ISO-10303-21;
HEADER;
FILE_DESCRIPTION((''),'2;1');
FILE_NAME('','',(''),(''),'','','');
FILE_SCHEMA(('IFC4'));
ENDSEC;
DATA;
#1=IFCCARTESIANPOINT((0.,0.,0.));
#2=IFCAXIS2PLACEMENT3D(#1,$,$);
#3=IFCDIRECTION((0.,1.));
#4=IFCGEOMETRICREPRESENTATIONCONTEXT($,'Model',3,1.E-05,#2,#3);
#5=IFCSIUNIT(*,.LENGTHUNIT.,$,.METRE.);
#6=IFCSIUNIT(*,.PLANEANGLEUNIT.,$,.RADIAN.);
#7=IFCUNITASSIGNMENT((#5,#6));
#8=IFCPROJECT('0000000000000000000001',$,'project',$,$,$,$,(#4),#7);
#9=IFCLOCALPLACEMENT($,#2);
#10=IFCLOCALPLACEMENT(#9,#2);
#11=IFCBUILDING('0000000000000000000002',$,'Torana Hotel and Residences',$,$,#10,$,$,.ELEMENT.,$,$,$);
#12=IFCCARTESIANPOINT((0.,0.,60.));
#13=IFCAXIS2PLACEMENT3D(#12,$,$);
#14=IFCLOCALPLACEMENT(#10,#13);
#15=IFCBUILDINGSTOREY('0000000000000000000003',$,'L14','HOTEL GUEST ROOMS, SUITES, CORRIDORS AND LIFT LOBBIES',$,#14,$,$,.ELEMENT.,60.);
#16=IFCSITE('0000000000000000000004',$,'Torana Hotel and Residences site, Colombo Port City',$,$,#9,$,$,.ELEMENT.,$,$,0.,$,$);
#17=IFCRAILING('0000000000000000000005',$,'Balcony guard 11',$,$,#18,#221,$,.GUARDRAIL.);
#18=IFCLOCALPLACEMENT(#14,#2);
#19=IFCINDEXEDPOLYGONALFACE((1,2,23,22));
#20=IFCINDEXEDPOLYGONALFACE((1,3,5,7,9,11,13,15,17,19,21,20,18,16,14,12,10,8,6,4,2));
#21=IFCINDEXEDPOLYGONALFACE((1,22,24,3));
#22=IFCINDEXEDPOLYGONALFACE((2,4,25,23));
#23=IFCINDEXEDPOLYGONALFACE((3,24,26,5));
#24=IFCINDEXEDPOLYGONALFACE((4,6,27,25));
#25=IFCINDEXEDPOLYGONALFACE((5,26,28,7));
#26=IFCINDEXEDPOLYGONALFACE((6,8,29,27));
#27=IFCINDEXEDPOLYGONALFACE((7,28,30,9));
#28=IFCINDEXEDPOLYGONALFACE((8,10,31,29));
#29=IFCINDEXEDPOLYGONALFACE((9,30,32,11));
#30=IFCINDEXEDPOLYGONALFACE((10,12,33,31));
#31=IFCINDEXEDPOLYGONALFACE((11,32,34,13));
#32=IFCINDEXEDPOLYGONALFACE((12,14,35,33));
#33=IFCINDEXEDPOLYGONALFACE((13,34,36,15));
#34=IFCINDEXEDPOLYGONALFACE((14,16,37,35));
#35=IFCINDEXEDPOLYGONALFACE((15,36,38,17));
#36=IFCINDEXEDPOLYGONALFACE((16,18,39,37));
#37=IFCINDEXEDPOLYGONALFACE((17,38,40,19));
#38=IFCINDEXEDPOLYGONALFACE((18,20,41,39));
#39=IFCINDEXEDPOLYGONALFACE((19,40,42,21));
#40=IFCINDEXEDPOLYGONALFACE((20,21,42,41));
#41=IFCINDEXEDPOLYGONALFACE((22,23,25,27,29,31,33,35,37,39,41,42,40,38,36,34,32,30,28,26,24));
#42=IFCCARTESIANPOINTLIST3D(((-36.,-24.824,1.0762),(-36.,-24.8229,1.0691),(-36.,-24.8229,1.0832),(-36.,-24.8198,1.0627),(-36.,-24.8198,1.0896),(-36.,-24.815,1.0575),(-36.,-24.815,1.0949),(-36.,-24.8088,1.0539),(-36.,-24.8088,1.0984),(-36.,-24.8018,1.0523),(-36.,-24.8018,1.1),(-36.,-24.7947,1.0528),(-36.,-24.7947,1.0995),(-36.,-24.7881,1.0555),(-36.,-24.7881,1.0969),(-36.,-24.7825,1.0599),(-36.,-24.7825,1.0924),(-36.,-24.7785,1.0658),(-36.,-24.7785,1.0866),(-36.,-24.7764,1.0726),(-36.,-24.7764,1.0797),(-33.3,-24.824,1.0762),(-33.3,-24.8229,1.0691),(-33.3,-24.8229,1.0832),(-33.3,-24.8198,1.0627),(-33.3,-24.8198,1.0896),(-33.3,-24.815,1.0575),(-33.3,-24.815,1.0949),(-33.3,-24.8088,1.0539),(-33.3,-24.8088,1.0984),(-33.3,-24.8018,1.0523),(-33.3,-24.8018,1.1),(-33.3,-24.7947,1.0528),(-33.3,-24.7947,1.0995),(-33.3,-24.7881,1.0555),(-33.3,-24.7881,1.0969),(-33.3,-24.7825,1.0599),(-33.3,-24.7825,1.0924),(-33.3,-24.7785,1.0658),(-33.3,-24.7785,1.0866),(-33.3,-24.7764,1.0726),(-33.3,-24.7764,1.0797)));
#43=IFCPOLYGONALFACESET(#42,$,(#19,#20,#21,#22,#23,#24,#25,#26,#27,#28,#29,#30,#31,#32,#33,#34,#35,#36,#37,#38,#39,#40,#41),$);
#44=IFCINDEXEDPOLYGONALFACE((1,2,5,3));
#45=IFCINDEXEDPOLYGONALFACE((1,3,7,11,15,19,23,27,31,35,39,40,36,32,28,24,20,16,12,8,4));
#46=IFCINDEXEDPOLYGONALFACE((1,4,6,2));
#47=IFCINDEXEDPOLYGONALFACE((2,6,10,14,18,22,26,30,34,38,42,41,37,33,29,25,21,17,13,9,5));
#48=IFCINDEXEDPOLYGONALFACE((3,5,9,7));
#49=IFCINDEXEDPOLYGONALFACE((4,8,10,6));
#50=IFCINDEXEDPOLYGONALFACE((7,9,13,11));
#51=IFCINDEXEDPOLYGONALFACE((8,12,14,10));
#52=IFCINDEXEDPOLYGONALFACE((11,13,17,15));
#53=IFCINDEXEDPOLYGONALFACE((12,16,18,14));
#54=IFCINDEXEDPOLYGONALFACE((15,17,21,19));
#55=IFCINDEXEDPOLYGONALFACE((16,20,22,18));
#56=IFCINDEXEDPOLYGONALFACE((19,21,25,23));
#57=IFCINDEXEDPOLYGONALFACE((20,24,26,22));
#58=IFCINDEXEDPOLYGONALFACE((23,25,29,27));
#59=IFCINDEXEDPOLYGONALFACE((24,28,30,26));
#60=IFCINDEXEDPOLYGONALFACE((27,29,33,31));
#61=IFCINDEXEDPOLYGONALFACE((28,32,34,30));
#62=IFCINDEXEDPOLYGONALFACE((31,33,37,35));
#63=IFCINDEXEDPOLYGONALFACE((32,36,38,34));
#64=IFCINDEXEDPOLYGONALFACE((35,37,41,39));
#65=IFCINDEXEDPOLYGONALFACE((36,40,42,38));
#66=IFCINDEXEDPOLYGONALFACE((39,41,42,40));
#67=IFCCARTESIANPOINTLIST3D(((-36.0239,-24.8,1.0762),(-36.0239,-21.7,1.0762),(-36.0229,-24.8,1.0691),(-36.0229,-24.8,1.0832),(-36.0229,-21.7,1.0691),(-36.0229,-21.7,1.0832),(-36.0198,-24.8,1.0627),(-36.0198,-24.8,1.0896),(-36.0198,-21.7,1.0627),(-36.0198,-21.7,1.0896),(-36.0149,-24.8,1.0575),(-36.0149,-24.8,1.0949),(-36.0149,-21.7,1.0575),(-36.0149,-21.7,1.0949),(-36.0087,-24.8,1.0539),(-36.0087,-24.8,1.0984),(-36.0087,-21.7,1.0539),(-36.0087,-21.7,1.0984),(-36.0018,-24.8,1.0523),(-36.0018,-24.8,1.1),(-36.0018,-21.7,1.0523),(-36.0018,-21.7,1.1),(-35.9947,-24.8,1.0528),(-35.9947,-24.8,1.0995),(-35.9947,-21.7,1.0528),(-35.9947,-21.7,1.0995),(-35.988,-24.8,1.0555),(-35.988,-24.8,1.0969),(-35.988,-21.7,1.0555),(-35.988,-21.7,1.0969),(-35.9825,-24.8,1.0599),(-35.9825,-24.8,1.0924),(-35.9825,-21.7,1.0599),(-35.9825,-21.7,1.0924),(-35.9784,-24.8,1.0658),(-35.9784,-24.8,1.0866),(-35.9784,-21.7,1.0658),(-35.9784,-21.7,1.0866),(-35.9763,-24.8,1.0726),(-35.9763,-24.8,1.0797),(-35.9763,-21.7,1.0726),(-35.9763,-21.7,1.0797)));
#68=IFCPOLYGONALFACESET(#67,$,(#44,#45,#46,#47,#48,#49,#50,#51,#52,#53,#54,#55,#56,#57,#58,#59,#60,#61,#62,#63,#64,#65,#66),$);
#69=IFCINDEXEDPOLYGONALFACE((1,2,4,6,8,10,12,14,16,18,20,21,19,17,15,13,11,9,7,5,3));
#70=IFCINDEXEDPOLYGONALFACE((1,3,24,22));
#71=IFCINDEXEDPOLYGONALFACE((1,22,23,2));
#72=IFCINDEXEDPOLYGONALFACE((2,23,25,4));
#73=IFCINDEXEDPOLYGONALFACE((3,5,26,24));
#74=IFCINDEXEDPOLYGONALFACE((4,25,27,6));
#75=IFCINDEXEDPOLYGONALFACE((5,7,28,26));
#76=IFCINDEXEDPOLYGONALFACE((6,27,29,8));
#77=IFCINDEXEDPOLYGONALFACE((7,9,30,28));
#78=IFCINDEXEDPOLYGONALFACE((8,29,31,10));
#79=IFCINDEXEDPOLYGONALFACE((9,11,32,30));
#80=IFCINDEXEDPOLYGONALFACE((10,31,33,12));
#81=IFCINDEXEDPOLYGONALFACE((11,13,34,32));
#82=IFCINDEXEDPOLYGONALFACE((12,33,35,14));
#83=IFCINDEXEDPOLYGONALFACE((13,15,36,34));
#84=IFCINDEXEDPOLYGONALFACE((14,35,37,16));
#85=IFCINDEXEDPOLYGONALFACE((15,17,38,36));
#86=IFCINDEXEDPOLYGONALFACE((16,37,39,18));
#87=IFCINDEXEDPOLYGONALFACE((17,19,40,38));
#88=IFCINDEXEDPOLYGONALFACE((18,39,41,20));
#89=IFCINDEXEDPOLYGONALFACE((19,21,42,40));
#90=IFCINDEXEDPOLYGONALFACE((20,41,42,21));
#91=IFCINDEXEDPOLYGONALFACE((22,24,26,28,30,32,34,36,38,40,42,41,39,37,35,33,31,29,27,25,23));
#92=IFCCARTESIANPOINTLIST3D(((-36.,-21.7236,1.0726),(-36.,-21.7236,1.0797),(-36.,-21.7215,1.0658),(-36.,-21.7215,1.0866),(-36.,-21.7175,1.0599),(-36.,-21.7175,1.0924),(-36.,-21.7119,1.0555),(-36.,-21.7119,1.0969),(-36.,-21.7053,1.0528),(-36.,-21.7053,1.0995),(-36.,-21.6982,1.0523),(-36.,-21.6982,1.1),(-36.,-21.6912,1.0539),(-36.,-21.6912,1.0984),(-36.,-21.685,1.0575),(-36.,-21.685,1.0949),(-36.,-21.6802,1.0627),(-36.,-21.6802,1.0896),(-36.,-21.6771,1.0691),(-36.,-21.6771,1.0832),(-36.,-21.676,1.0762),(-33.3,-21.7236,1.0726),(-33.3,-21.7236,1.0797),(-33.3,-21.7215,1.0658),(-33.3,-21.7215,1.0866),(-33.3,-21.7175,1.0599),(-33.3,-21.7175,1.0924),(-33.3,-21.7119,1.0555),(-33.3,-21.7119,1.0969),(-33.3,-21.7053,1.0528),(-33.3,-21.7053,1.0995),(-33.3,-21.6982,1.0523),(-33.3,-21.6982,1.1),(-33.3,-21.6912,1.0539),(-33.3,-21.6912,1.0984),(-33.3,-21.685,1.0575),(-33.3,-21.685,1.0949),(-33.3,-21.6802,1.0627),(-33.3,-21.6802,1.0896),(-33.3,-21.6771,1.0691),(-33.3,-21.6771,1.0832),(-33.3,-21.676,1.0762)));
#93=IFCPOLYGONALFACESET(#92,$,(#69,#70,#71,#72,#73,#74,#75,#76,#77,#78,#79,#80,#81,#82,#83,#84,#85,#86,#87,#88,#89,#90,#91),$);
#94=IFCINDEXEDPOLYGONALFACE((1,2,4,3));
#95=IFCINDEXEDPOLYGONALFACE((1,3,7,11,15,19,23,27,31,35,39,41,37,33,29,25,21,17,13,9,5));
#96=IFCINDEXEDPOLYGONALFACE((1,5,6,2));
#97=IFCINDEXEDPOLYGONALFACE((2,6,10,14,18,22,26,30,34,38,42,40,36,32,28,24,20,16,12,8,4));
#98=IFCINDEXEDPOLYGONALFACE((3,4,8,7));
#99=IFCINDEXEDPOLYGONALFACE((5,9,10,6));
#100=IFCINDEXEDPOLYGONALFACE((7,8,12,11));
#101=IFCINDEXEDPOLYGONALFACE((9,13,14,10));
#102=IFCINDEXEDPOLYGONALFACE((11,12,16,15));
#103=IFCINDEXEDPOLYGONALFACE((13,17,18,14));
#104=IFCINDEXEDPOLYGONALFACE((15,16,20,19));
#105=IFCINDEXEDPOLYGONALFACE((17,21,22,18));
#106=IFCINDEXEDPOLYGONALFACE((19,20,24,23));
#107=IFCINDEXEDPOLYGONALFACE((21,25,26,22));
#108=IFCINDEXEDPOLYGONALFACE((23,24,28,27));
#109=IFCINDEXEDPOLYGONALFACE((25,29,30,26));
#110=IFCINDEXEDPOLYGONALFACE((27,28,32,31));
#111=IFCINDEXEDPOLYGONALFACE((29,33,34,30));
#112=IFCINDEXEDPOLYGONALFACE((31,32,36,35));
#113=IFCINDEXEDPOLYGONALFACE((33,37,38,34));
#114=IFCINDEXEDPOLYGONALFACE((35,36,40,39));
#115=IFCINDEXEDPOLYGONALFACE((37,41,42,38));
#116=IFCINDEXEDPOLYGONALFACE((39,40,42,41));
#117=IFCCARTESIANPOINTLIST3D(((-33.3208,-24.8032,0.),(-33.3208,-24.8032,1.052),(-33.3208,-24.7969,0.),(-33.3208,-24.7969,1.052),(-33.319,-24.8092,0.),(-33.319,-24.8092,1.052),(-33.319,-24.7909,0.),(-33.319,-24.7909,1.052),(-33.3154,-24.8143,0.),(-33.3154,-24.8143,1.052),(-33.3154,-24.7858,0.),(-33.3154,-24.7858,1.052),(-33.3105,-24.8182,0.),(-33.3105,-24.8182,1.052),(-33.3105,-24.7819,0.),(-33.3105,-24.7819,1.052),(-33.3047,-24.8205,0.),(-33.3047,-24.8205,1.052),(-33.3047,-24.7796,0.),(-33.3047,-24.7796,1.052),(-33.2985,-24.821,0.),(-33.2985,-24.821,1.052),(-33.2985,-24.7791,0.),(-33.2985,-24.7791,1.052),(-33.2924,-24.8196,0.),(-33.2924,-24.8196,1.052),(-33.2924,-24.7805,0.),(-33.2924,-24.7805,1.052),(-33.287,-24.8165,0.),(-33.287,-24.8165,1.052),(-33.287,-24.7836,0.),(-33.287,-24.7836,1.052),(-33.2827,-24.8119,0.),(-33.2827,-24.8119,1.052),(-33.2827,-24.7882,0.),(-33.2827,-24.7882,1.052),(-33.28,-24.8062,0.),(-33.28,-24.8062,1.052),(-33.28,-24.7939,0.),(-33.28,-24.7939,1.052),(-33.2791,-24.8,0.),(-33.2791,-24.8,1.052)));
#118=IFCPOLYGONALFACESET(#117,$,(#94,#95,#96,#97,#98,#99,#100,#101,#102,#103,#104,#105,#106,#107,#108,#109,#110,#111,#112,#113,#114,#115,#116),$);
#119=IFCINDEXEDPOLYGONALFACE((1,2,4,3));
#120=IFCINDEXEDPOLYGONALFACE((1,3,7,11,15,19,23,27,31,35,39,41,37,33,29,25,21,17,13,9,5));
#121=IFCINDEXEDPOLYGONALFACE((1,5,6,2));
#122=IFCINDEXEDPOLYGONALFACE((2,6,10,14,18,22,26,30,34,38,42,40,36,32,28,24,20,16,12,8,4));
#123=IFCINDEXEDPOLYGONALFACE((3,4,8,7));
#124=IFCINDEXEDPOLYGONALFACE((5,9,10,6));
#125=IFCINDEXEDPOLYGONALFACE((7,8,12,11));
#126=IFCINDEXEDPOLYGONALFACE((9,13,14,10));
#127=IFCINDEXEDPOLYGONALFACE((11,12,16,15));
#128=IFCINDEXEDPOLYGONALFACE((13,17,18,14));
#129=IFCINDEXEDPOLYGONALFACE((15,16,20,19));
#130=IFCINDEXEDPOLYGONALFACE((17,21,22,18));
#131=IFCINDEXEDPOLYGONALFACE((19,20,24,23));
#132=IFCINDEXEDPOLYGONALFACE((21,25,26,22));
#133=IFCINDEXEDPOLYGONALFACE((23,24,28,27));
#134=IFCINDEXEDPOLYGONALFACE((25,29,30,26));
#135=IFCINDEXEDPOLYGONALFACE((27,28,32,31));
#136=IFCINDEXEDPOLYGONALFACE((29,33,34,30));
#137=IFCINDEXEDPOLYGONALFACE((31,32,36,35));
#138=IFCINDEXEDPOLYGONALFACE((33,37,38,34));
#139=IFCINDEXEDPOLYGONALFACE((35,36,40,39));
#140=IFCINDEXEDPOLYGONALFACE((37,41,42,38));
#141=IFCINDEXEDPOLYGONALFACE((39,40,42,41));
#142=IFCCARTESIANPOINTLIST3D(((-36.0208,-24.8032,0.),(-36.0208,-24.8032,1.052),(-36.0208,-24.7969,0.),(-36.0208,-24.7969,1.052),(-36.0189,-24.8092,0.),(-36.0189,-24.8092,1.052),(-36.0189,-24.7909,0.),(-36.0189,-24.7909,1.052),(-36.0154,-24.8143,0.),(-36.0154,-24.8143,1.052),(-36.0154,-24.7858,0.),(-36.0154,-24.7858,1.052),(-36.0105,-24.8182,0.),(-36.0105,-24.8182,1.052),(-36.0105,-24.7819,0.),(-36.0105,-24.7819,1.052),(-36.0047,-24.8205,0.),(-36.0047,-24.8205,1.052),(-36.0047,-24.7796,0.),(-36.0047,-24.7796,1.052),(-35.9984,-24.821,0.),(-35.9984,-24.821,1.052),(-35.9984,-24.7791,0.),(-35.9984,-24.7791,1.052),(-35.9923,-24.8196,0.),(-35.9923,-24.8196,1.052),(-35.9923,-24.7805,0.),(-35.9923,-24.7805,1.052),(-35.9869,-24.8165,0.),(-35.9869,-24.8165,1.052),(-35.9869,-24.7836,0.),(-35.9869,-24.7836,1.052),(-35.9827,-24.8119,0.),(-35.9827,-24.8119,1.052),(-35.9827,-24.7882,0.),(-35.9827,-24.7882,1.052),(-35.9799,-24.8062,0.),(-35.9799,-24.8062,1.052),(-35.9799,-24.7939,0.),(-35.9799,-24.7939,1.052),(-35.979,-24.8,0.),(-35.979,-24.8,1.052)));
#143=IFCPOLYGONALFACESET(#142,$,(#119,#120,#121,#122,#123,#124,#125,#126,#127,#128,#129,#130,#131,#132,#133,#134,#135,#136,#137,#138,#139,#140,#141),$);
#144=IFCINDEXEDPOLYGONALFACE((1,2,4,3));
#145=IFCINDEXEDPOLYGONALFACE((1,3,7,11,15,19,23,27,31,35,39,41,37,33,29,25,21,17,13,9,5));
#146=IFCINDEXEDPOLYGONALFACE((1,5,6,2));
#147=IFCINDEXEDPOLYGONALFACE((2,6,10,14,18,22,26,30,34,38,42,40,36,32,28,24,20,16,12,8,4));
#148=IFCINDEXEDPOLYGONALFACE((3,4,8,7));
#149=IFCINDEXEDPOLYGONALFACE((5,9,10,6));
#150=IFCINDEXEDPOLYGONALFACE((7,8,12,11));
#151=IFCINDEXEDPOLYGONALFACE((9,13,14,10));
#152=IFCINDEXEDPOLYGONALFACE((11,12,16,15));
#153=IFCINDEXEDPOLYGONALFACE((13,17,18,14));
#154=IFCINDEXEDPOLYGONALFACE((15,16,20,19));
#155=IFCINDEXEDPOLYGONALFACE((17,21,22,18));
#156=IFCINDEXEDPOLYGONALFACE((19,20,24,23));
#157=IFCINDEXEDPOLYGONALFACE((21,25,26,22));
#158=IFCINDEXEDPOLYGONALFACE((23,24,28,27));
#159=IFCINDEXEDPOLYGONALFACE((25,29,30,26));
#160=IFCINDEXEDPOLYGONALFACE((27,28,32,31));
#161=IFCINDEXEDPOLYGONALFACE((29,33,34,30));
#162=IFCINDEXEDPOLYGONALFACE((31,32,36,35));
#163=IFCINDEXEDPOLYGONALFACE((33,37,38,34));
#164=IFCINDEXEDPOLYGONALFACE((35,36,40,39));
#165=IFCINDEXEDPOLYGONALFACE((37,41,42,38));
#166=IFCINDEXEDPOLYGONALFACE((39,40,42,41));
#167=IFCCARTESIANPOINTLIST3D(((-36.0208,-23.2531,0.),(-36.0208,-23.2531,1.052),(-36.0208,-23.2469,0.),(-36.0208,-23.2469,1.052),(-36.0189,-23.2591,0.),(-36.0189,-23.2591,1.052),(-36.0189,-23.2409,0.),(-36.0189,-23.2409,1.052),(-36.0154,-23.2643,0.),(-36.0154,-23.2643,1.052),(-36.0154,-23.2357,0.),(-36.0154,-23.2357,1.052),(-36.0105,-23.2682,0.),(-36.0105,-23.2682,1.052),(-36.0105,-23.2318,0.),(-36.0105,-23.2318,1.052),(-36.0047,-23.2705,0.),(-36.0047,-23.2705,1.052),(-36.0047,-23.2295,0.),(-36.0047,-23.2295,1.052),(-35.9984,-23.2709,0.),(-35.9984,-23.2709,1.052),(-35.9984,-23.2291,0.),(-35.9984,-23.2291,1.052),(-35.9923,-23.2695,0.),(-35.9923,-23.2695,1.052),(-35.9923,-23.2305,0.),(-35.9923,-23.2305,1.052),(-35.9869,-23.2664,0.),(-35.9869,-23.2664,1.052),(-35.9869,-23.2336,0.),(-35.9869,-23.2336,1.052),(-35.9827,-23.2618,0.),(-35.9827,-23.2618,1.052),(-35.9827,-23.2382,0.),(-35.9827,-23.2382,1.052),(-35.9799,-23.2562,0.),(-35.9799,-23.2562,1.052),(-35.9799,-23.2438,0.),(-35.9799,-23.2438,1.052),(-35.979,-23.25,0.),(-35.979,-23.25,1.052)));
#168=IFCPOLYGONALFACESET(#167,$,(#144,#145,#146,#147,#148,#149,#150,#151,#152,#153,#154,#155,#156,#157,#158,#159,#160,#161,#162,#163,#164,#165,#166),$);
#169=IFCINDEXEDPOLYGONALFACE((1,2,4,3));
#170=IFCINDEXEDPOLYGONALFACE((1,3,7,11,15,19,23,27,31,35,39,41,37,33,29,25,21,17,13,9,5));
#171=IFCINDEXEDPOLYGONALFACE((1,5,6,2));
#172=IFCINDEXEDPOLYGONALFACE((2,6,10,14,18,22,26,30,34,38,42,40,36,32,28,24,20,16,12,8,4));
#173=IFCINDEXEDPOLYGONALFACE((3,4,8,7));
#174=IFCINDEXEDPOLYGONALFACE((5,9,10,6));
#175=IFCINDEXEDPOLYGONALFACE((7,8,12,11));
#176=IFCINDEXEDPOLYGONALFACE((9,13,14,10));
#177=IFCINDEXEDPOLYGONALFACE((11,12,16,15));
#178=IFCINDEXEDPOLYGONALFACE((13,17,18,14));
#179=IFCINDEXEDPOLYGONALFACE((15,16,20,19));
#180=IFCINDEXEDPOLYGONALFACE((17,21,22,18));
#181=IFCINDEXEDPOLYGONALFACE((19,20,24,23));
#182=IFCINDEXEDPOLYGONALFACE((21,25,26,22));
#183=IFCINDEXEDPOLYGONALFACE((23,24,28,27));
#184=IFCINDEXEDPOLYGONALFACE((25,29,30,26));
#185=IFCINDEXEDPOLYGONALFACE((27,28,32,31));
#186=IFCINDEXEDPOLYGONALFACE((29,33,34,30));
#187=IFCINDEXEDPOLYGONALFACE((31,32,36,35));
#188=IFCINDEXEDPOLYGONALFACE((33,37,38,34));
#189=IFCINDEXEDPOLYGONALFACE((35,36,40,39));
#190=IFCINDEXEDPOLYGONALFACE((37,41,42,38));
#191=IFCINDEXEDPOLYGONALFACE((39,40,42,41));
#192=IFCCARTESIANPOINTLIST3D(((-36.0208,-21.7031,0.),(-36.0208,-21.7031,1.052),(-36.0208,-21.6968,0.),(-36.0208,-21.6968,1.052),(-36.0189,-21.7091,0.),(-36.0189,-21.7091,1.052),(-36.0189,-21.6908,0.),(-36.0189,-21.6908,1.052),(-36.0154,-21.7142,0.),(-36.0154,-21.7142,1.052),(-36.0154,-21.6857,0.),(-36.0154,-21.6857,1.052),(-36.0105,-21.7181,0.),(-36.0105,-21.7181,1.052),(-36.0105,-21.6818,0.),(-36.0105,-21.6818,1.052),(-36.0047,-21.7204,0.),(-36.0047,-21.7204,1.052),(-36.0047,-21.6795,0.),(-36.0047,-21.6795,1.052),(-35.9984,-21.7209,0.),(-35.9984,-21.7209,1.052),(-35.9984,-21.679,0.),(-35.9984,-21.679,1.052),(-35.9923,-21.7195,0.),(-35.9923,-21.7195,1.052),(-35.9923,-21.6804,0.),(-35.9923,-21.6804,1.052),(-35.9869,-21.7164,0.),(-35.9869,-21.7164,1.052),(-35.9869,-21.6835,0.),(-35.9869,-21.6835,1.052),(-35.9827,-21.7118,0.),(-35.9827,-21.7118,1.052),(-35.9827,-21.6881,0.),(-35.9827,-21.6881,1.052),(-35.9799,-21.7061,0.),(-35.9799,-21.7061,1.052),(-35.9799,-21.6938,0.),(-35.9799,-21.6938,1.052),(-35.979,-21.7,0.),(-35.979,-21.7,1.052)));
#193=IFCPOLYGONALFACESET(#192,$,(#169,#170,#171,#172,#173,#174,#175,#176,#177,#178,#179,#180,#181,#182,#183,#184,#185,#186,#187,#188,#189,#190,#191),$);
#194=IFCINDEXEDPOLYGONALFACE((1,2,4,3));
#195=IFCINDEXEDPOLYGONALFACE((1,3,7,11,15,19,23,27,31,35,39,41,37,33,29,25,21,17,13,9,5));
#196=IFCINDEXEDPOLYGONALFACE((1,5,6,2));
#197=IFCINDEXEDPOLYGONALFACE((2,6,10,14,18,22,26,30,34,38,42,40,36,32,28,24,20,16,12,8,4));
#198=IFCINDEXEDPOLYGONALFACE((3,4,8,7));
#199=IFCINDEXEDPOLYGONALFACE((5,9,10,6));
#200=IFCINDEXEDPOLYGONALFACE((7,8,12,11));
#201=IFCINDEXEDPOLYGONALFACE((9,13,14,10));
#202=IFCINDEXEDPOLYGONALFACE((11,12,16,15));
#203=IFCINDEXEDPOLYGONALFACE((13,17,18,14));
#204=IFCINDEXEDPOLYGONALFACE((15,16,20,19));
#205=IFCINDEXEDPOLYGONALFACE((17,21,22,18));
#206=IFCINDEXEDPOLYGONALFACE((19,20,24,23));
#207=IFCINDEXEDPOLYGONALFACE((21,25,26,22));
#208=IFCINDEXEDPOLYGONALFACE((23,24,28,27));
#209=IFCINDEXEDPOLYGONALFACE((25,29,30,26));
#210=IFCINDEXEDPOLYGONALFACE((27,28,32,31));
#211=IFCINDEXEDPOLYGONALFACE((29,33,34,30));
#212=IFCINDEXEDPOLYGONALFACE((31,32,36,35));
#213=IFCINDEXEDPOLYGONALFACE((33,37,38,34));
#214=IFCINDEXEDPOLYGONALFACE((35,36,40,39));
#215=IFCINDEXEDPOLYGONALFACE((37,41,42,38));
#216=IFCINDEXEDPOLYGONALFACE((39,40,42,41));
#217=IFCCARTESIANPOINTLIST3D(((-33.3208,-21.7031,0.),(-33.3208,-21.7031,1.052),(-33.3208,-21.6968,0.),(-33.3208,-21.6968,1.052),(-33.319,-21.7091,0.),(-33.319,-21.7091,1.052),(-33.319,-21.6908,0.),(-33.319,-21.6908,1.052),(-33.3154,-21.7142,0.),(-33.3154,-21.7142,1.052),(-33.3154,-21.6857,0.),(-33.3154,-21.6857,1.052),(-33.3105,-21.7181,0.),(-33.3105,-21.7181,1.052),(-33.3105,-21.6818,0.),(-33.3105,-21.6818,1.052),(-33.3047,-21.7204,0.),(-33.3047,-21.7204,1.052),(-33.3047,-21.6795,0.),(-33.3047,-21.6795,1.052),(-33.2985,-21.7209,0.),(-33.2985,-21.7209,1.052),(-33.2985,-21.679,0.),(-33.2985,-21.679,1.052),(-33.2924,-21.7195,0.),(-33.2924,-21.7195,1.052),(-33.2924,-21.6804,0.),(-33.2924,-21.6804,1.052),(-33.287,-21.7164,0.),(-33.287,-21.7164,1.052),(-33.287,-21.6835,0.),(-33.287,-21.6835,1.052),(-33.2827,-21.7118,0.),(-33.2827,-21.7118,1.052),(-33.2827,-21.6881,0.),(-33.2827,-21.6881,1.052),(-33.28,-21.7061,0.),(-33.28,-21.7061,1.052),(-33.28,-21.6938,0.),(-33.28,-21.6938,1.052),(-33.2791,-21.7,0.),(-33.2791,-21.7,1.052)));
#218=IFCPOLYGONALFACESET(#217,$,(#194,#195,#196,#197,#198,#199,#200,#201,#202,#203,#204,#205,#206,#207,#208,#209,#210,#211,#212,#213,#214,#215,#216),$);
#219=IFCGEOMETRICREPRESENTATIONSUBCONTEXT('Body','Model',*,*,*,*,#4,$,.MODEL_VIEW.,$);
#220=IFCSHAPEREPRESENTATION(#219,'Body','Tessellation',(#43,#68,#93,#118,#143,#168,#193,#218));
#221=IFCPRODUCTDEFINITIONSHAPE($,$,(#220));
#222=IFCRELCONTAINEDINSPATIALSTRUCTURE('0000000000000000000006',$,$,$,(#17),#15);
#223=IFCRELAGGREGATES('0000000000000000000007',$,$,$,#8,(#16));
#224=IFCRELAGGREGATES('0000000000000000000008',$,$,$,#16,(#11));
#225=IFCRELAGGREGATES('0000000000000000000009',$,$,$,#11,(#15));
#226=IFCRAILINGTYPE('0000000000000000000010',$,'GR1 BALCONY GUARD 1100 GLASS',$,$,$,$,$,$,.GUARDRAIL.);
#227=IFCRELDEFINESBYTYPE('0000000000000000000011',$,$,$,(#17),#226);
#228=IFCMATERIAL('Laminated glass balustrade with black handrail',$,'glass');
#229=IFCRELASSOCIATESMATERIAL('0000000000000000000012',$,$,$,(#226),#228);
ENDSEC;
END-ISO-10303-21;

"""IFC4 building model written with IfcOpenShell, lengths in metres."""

from ifc_helpers import new_model, si_unit, direction, frame, origin, origin_2d, place, context, subcontext, project, spatial, circle, extrude, material, type_object, element, save


model = new_model("IFC4")

# Units and contexts
model_context = context("Model", 3, precision=1e-05, world=origin(), true_north=direction((0.0, 1.0)))
body_context = subcontext(model_context, "Body", "Model", "MODEL_VIEW")
ifc_project = project(units=[si_unit("LENGTHUNIT", "METRE"), si_unit("PLANEANGLEUNIT", "RADIAN")], contexts=[model_context])

# Site, building, storey
site_placement = place(None, origin())
site = spatial("IfcSite", under=ifc_project, at=site_placement, Name="Torana Hotel and Residences site, Colombo Port City", CompositionType="ELEMENT", RefElevation=0.0)
building_placement = place(site_placement, origin())
building = spatial("IfcBuilding", under=site, at=building_placement, Name="Torana Hotel and Residences", CompositionType="ELEMENT")
storey_placement = place(building_placement, frame((0.0, 0.0, 60.0)))
storey = spatial("IfcBuildingStorey", under=building, at=storey_placement, Name="L14", Description="HOTEL GUEST ROOMS, SUITES, CORRIDORS AND LIFT LOBBIES", CompositionType="ELEMENT", Elevation=60.0)

# Railing
ifc_material_1 = material(Name="Laminated glass balustrade with black handrail", Category="glass")
railing_type = type_object("IfcRailingType", Name="GR1 BALCONY GUARD 1100 GLASS", PredefinedType="GUARDRAIL", material=ifc_material_1)
railing_placement = place(storey_placement, frame((-33.3, -24.8, 0.0)))
element("IfcRailing", 1, at=railing_placement, inside=storey, type_object=railing_type, Name="Balcony guard 11", PredefinedType="GUARDRAIL", context=body_context, shape_type="SweptSolid", body=[
    extrude(circle(Radius=0.0239, at=origin_2d()), frame((0.0, 0.0, 1.0762), z_axis=(-1.0, 0.0, 0.0), x_axis=(0.0, -1.0, 0.0)), (0.0, 0.0, 1.0), 2.7),
    extrude(circle(Radius=0.0239, at=origin_2d()), frame((-2.7, 0.0, 1.0762), z_axis=(0.0, 1.0, 0.0), x_axis=(-1.0, 0.0, 0.0)), (0.0, 0.0, 1.0), 3.1001),
    extrude(circle(Radius=0.0239, at=origin_2d()), frame((-2.7, 3.1001, 1.0762), z_axis=(1.0, 0.0, 0.0), x_axis=(0.0, 1.0, 0.0)), (0.0, 0.0, 1.0), 2.7),
    extrude(circle(Radius=0.021, at=origin_2d()), origin(), (0.0, 0.0, 1.0), 1.052),
    extrude(circle(Radius=0.021, at=origin_2d()), frame((-2.7, 0.0, 0.0)), (0.0, 0.0, 1.0), 1.052),
    extrude(circle(Radius=0.021, at=origin_2d()), frame((-2.7, 1.55, 0.0)), (0.0, 0.0, 1.0), 1.052),
    extrude(circle(Radius=0.021, at=origin_2d()), frame((-2.7, 3.1001, 0.0)), (0.0, 0.0, 1.0), 1.052),
    extrude(circle(Radius=0.021, at=origin_2d()), frame((0.0, 3.1001, 0.0)), (0.0, 0.0, 1.0), 1.052),
])

save(model, "model.ifc")
